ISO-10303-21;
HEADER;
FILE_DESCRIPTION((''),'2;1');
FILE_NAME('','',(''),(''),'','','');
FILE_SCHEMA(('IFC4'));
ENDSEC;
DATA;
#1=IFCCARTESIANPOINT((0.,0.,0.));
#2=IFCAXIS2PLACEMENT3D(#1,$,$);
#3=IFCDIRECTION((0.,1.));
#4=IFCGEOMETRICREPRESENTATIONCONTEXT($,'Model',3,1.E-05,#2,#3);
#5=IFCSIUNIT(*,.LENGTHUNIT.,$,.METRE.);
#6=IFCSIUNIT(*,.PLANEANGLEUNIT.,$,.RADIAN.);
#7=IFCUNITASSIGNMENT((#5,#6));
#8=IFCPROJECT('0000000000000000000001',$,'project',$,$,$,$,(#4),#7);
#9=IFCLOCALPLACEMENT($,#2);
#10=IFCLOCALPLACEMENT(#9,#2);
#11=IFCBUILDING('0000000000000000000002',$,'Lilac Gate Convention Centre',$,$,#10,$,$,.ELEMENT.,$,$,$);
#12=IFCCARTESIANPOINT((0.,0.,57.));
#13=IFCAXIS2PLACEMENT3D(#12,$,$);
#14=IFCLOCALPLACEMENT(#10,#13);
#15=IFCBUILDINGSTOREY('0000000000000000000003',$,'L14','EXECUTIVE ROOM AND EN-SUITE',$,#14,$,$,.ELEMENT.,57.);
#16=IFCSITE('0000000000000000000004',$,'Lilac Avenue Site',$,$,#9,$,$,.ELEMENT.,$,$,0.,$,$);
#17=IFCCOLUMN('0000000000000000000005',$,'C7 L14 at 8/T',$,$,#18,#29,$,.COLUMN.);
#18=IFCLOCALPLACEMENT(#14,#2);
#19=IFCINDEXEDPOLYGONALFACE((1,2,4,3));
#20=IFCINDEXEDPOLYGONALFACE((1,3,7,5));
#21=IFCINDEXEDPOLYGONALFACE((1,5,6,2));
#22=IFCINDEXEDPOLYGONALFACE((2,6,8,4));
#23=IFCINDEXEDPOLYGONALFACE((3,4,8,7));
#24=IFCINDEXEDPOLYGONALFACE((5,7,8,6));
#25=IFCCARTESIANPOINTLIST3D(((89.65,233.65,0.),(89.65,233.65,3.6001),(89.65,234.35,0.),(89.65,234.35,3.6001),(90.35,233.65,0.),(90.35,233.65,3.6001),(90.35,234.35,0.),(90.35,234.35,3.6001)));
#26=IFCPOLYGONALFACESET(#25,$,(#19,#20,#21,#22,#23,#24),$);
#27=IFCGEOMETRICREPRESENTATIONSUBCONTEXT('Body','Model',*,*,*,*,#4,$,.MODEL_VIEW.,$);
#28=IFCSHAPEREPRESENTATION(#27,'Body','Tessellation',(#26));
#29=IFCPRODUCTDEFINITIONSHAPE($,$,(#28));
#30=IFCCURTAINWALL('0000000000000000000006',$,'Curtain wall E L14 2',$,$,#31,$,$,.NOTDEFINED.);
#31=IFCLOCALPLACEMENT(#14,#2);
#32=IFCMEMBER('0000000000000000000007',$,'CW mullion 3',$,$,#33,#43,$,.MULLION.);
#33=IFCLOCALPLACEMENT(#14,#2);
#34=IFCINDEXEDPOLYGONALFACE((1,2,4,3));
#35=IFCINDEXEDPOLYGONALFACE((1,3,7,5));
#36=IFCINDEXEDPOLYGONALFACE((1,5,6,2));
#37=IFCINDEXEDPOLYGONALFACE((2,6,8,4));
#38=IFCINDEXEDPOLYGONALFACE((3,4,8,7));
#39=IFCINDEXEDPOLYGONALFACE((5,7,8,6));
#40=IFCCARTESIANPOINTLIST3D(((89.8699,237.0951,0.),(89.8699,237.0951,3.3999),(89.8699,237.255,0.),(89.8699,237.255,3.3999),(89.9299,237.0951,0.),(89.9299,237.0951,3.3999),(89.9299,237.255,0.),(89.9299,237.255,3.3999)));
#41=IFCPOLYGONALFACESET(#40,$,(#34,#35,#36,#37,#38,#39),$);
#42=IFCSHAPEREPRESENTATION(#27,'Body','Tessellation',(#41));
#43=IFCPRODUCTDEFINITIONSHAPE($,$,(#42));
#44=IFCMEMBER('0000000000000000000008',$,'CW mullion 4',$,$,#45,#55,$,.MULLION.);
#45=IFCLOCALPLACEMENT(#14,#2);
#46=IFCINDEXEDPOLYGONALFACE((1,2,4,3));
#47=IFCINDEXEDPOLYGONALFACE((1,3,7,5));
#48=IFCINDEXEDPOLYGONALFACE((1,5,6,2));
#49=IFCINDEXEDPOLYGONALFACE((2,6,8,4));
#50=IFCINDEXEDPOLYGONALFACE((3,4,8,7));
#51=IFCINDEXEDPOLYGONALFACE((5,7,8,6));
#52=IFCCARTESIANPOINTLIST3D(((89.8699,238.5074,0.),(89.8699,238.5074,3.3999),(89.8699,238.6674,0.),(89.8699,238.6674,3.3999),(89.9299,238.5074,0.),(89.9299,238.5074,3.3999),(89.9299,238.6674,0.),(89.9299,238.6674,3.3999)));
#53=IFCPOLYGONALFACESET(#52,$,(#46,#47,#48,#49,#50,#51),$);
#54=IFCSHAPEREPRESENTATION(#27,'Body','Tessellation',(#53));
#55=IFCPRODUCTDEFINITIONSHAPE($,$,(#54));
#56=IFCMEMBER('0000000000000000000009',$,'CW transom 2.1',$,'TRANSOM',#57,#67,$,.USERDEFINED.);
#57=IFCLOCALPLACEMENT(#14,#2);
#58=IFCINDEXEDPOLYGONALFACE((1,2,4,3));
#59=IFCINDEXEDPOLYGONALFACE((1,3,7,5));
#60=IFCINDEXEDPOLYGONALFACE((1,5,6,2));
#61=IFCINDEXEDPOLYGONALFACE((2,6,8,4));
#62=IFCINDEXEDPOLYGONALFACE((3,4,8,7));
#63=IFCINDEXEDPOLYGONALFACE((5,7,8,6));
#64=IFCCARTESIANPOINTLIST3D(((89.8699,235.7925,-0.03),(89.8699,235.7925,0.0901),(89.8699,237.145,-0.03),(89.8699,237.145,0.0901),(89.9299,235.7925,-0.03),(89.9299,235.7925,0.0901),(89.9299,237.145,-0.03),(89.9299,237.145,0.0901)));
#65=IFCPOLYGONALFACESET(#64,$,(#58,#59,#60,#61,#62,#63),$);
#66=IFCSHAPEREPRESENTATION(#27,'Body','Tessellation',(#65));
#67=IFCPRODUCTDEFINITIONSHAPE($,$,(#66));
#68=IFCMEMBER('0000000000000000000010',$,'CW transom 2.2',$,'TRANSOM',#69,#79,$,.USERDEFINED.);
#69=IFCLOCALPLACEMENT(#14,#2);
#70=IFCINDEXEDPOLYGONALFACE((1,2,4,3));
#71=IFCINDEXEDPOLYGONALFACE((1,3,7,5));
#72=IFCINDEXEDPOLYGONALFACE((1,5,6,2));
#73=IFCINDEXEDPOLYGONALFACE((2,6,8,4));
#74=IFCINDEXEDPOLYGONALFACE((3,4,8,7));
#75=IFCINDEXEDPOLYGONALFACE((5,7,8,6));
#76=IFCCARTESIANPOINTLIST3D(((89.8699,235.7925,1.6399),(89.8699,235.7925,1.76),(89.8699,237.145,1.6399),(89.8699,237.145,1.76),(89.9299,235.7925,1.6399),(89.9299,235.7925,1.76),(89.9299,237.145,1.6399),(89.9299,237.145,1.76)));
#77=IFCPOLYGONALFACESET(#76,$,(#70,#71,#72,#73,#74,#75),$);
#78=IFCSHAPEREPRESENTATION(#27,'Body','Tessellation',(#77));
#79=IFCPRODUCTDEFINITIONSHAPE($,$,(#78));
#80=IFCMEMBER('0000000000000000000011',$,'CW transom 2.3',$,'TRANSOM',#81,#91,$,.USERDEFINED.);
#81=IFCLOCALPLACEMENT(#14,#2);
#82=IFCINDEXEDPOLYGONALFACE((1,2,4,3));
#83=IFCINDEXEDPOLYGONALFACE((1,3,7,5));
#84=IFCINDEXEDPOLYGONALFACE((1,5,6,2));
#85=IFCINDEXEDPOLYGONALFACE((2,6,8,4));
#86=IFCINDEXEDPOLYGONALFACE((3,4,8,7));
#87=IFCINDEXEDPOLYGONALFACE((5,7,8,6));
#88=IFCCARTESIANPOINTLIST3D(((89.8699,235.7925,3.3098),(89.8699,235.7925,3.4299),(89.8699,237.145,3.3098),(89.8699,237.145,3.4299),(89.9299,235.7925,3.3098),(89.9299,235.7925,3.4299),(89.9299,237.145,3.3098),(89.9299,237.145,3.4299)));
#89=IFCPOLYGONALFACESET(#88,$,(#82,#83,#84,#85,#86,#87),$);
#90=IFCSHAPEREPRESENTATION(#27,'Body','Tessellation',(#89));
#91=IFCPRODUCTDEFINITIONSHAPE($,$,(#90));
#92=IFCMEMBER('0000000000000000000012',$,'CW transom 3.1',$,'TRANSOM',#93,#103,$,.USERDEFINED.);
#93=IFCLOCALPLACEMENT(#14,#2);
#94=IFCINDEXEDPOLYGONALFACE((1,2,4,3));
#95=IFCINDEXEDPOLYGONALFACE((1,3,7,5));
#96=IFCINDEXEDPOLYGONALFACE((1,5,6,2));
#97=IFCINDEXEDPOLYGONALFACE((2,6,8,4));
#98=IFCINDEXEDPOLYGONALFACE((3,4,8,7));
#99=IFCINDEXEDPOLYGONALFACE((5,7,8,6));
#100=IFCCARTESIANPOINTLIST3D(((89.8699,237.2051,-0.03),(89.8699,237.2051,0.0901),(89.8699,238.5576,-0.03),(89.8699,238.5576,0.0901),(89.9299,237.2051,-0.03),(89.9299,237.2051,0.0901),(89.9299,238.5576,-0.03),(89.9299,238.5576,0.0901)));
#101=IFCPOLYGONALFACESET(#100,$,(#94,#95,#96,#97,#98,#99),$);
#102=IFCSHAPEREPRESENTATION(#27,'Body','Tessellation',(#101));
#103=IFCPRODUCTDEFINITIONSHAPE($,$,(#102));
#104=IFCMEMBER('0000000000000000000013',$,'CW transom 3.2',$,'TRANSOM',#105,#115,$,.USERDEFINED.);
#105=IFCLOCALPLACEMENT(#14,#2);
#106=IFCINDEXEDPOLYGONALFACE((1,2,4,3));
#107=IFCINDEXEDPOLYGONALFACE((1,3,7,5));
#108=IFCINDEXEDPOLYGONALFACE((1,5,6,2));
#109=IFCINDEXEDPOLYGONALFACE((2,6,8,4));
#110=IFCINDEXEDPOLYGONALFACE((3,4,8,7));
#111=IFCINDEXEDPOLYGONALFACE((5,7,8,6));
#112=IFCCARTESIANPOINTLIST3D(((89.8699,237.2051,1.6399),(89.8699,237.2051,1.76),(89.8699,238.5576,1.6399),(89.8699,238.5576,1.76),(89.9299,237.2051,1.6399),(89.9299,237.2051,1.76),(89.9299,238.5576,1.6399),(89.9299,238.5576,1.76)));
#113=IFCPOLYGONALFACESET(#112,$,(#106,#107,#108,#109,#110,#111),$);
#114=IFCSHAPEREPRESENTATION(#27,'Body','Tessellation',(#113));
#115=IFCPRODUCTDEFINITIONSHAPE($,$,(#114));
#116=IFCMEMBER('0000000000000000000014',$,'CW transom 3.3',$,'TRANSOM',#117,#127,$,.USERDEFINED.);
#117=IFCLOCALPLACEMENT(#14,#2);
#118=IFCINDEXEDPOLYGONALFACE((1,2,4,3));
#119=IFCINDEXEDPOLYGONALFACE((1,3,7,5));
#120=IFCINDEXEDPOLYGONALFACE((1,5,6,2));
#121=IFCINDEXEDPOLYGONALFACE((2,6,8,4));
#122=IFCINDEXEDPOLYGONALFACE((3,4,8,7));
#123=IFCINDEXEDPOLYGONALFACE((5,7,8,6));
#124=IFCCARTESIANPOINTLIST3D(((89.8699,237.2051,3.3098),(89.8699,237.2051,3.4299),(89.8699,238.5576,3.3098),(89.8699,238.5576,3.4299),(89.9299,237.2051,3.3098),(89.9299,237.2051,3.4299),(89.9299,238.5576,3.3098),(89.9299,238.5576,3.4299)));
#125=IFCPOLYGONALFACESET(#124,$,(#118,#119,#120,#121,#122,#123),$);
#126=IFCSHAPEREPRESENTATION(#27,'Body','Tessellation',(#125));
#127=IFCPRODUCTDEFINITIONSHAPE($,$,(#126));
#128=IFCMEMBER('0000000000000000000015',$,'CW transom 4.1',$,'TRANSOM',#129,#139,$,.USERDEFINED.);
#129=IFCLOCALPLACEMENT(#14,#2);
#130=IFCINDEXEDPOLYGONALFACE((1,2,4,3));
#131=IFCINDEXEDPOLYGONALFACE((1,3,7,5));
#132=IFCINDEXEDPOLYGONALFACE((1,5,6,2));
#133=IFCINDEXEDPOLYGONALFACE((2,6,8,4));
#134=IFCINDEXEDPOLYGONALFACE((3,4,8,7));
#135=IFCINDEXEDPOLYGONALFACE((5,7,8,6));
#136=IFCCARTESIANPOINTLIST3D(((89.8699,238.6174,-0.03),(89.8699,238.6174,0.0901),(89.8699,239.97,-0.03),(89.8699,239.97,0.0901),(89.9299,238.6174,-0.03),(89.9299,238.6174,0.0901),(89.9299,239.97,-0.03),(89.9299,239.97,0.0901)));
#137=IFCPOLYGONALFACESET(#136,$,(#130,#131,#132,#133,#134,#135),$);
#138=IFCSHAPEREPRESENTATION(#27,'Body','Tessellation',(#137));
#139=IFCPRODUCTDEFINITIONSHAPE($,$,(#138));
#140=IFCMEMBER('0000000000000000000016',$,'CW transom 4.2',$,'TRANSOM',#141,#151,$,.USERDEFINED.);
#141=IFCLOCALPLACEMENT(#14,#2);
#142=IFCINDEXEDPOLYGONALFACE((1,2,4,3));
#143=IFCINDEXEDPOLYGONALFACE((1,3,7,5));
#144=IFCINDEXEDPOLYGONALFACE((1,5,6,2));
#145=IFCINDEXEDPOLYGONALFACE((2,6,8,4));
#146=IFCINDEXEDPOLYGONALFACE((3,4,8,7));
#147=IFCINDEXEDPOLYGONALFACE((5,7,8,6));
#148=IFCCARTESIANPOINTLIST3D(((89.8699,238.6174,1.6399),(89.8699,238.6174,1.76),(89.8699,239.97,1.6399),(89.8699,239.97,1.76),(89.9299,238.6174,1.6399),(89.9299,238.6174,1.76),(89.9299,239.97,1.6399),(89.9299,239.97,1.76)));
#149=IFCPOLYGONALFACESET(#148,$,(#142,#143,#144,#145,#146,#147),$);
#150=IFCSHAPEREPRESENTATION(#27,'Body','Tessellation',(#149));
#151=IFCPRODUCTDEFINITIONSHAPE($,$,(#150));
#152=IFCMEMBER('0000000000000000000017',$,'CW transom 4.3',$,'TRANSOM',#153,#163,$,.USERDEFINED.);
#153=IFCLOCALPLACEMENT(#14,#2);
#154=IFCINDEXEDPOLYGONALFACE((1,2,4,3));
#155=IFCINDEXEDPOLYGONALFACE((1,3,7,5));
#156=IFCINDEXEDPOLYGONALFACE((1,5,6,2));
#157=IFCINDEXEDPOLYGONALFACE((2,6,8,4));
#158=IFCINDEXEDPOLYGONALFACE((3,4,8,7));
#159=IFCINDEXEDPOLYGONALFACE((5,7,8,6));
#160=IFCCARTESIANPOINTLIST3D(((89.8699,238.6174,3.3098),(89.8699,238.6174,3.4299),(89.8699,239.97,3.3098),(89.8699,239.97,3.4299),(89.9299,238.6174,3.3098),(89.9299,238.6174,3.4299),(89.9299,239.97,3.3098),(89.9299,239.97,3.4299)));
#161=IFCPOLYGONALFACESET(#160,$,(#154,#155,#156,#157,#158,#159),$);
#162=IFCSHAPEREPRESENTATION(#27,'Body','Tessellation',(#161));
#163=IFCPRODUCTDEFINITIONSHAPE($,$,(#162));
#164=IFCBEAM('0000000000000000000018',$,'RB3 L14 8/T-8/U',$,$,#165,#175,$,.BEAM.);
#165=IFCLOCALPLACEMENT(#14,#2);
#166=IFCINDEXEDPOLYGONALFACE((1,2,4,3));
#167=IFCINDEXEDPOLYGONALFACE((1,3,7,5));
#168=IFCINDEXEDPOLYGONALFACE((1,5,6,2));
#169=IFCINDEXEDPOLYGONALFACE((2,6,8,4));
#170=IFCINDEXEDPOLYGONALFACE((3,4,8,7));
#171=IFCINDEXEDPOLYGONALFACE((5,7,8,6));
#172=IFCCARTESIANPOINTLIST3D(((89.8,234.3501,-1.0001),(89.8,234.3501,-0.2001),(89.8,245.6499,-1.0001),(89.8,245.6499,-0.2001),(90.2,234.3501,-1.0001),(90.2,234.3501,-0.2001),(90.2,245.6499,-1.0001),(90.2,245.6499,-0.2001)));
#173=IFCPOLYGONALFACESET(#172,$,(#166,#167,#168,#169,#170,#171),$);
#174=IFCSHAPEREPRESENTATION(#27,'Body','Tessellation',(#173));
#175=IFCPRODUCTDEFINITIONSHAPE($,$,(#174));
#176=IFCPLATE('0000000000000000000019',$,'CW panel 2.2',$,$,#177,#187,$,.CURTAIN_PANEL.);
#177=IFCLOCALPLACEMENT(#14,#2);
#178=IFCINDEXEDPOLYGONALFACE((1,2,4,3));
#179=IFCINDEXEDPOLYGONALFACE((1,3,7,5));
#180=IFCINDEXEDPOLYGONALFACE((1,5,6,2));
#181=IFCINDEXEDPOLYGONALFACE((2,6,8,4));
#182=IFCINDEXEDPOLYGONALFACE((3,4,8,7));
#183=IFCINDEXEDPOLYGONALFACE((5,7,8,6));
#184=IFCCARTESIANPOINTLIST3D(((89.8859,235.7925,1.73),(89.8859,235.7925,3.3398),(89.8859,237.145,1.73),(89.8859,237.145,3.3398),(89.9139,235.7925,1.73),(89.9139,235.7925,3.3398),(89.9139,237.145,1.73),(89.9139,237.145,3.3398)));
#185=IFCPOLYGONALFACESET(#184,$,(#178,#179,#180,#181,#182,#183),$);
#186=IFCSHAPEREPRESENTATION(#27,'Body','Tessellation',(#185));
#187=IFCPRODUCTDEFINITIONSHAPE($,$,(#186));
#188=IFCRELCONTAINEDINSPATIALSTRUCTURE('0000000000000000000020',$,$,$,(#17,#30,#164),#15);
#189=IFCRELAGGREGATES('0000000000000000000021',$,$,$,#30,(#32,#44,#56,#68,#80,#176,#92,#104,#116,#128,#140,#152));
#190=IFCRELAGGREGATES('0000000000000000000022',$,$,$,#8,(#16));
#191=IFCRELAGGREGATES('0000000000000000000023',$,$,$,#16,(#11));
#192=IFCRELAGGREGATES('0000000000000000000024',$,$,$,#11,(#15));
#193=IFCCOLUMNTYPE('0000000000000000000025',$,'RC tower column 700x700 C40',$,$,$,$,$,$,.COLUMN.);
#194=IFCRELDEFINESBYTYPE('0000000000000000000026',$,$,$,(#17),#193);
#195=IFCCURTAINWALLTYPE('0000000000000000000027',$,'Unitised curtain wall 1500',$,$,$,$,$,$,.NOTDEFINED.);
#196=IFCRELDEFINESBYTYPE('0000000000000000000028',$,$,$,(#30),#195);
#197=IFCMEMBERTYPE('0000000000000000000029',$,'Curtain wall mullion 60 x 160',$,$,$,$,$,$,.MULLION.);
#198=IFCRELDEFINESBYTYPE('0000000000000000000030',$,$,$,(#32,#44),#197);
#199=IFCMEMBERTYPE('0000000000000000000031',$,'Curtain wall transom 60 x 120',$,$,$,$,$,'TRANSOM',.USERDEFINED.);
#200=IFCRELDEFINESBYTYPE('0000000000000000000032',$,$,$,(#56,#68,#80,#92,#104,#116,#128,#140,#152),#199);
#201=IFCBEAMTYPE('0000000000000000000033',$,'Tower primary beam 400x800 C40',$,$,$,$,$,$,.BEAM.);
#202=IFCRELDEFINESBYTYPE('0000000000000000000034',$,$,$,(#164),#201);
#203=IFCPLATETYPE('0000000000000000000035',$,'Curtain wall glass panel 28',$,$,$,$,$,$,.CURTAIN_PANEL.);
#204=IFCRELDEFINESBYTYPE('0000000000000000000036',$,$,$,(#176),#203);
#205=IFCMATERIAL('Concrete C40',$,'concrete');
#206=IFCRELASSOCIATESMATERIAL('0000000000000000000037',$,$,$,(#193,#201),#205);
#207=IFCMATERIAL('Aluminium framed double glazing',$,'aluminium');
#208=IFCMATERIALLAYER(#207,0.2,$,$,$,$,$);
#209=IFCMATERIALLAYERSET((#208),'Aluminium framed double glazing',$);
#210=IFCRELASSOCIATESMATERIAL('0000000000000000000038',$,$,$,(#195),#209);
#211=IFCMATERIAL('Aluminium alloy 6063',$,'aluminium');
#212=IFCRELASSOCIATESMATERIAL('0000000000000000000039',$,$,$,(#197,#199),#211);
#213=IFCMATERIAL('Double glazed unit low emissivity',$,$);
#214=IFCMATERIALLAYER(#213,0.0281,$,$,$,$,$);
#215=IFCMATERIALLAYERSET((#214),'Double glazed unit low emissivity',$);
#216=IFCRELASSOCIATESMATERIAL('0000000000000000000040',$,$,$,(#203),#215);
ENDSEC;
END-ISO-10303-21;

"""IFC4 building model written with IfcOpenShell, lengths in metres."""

from ifc_helpers import new_model, si_unit, direction, frame, origin, origin_2d, place, context, subcontext, project, spatial, rectangle, extrude, material, layer, layer_set, material_profile, profile_set, type_object, element, aggregate, save


model = new_model("IFC4")

# Units and contexts
model_context = context("Model", 3, precision=1e-05, world=origin(), true_north=direction((0.0, 1.0)))
body_context = subcontext(model_context, "Body", "Model", "MODEL_VIEW")
ifc_project = project(units=[si_unit("LENGTHUNIT", "METRE"), si_unit("PLANEANGLEUNIT", "RADIAN")], contexts=[model_context])

# Site, building, storey
site_placement = place(None, origin())
site = spatial("IfcSite", under=ifc_project, at=site_placement, Name="Lilac Avenue Site", CompositionType="ELEMENT", RefElevation=0.0)
building_placement = place(site_placement, origin())
building = spatial("IfcBuilding", under=site, at=building_placement, Name="Lilac Gate Convention Centre", CompositionType="ELEMENT")
storey_placement = place(building_placement, frame((0.0, 0.0, 57.0)))
storey = spatial("IfcBuildingStorey", under=building, at=storey_placement, Name="L14", Description="EXECUTIVE ROOM AND EN-SUITE", CompositionType="ELEMENT", Elevation=57.0)

# Column
ifc_material_1 = material(Name="Concrete C40", Category="concrete")
ifc_material_profile_1 = material_profile(ifc_material_1, rectangle(XDim=0.7, YDim=0.7, at=origin_2d()), Name="RC 700x700")
ifc_profile_set_1 = profile_set([ifc_material_profile_1], Name="Concrete C40")
column_type = type_object("IfcColumnType", Name="RC tower column 700x700 C40", PredefinedType="COLUMN", material=ifc_profile_set_1)
column_placement = place(storey_placement, frame((90.0, 234.0, 0.0), z_axis=(0.0, 0.0, 1.0), x_axis=(1.0, 0.0, 0.0)))
element("IfcColumn", 1, at=column_placement, inside=storey, type_object=column_type, Name="C7 L14 at 8/T", PredefinedType="COLUMN", context=body_context, shape_type="SweptSolid", body=[
    extrude(rectangle(XDim=0.7, YDim=0.7, at=origin_2d()), origin(), (0.0, 0.0, 1.0), 3.6001),
])

# Curtain wall, members
ifc_material_2 = material(Name="Aluminium framed double glazing", Category="aluminium")
ifc_layer_1 = layer(ifc_material_2, 0.2)
ifc_layer_set_1 = layer_set([ifc_layer_1], Name="Aluminium framed double glazing")
curtain_wall_type = type_object("IfcCurtainWallType", Name="Unitised curtain wall 1500", PredefinedType="NOTDEFINED", material=ifc_layer_set_1)
curtain_wall_placement = place(storey_placement, origin())
curtain_wall = element("IfcCurtainWall", 2, at=curtain_wall_placement, inside=storey, type_object=curtain_wall_type, Name="Curtain wall E L14 2", PredefinedType="NOTDEFINED")
ifc_material_3 = material(Name="Aluminium alloy 6063", Category="aluminium")
ifc_material_profile_2 = material_profile(ifc_material_3, rectangle(XDim=0.0601, YDim=0.1599, at=origin_2d()), Name="Curtain wall mullion 60 x 160")
ifc_profile_set_2 = profile_set([ifc_material_profile_2], Name="Aluminium alloy 6063")
member_type_1 = type_object("IfcMemberType", Name="Curtain wall mullion 60 x 160", PredefinedType="MULLION", material=ifc_profile_set_2)
member_1_placement = place(storey_placement, frame((89.8999, 237.175, 0.0), z_axis=(0.0, 0.0, 1.0), x_axis=(-1.0, 0.0, 0.0)))
member_1 = element("IfcMember", 3, at=member_1_placement, type_object=member_type_1, Name="CW mullion 3", PredefinedType="MULLION", context=body_context, shape_type="SweptSolid", body=[
    extrude(rectangle(XDim=0.0601, YDim=0.1599, at=origin_2d()), origin(), (0.0, 0.0, 1.0), 3.3999),
])
member_2_placement = place(storey_placement, frame((89.8999, 238.5874, 0.0), z_axis=(0.0, 0.0, 1.0), x_axis=(-1.0, 0.0, 0.0)))
member_2 = element("IfcMember", 4, at=member_2_placement, type_object=member_type_1, Name="CW mullion 4", PredefinedType="MULLION", context=body_context, shape_type="SweptSolid", body=[
    extrude(rectangle(XDim=0.0601, YDim=0.1599, at=origin_2d()), origin(), (0.0, 0.0, 1.0), 3.3999),
])
ifc_material_profile_3 = material_profile(ifc_material_3, rectangle(XDim=0.0601, YDim=0.1201, at=origin_2d()), Name="Curtain wall transom 60 x 120")
ifc_profile_set_3 = profile_set([ifc_material_profile_3], Name="Aluminium alloy 6063")
member_type_2 = type_object("IfcMemberType", Name="Curtain wall transom 60 x 120", ElementType="TRANSOM", PredefinedType="USERDEFINED", material=ifc_profile_set_3)
member_3_placement = place(storey_placement, frame((89.8999, 235.7925, 0.03), z_axis=(0.0, 1.0, 0.0), x_axis=(-1.0, 0.0, 0.0)))
member_3 = element("IfcMember", 5, at=member_3_placement, type_object=member_type_2, Name="CW transom 2.1", ObjectType="TRANSOM", PredefinedType="USERDEFINED", context=body_context, shape_type="SweptSolid", body=[
    extrude(rectangle(XDim=0.0601, YDim=0.1201, at=origin_2d()), origin(), (0.0, 0.0, 1.0), 1.3525),
])
member_4_placement = place(storey_placement, frame((89.8999, 235.7925, 1.7), z_axis=(0.0, 1.0, 0.0), x_axis=(-1.0, 0.0, 0.0)))
member_4 = element("IfcMember", 6, at=member_4_placement, type_object=member_type_2, Name="CW transom 2.2", ObjectType="TRANSOM", PredefinedType="USERDEFINED", context=body_context, shape_type="SweptSolid", body=[
    extrude(rectangle(XDim=0.0601, YDim=0.1201, at=origin_2d()), origin(), (0.0, 0.0, 1.0), 1.3525),
])
member_5_placement = place(storey_placement, frame((89.8999, 235.7925, 3.3699), z_axis=(0.0, 1.0, 0.0), x_axis=(-1.0, 0.0, 0.0)))
member_5 = element("IfcMember", 7, at=member_5_placement, type_object=member_type_2, Name="CW transom 2.3", ObjectType="TRANSOM", PredefinedType="USERDEFINED", context=body_context, shape_type="SweptSolid", body=[
    extrude(rectangle(XDim=0.0601, YDim=0.1201, at=origin_2d()), origin(), (0.0, 0.0, 1.0), 1.3525),
])
member_6_placement = place(storey_placement, frame((89.8999, 237.2051, 0.03), z_axis=(0.0, 1.0, 0.0), x_axis=(-1.0, 0.0, 0.0)))
member_6 = element("IfcMember", 8, at=member_6_placement, type_object=member_type_2, Name="CW transom 3.1", ObjectType="TRANSOM", PredefinedType="USERDEFINED", context=body_context, shape_type="SweptSolid", body=[
    extrude(rectangle(XDim=0.0601, YDim=0.1201, at=origin_2d()), origin(), (0.0, 0.0, 1.0), 1.3525),
])
member_7_placement = place(storey_placement, frame((89.8999, 237.2051, 1.7), z_axis=(0.0, 1.0, 0.0), x_axis=(-1.0, 0.0, 0.0)))
member_7 = element("IfcMember", 9, at=member_7_placement, type_object=member_type_2, Name="CW transom 3.2", ObjectType="TRANSOM", PredefinedType="USERDEFINED", context=body_context, shape_type="SweptSolid", body=[
    extrude(rectangle(XDim=0.0601, YDim=0.1201, at=origin_2d()), origin(), (0.0, 0.0, 1.0), 1.3525),
])
member_8_placement = place(storey_placement, frame((89.8999, 237.2051, 3.3699), z_axis=(0.0, 1.0, 0.0), x_axis=(-1.0, 0.0, 0.0)))
member_8 = element("IfcMember", 10, at=member_8_placement, type_object=member_type_2, Name="CW transom 3.3", ObjectType="TRANSOM", PredefinedType="USERDEFINED", context=body_context, shape_type="SweptSolid", body=[
    extrude(rectangle(XDim=0.0601, YDim=0.1201, at=origin_2d()), origin(), (0.0, 0.0, 1.0), 1.3525),
])
member_9_placement = place(storey_placement, frame((89.8999, 238.6174, 0.03), z_axis=(0.0, 1.0, 0.0), x_axis=(-1.0, 0.0, 0.0)))
member_9 = element("IfcMember", 11, at=member_9_placement, type_object=member_type_2, Name="CW transom 4.1", ObjectType="TRANSOM", PredefinedType="USERDEFINED", context=body_context, shape_type="SweptSolid", body=[
    extrude(rectangle(XDim=0.0601, YDim=0.1201, at=origin_2d()), origin(), (0.0, 0.0, 1.0), 1.3525),
])
member_10_placement = place(storey_placement, frame((89.8999, 238.6174, 1.7), z_axis=(0.0, 1.0, 0.0), x_axis=(-1.0, 0.0, 0.0)))
member_10 = element("IfcMember", 12, at=member_10_placement, type_object=member_type_2, Name="CW transom 4.2", ObjectType="TRANSOM", PredefinedType="USERDEFINED", context=body_context, shape_type="SweptSolid", body=[
    extrude(rectangle(XDim=0.0601, YDim=0.1201, at=origin_2d()), origin(), (0.0, 0.0, 1.0), 1.3525),
])
member_11_placement = place(storey_placement, frame((89.8999, 238.6174, 3.3699), z_axis=(0.0, 1.0, 0.0), x_axis=(-1.0, 0.0, 0.0)))
member_11 = element("IfcMember", 13, at=member_11_placement, type_object=member_type_2, Name="CW transom 4.3", ObjectType="TRANSOM", PredefinedType="USERDEFINED", context=body_context, shape_type="SweptSolid", body=[
    extrude(rectangle(XDim=0.0601, YDim=0.1201, at=origin_2d()), origin(), (0.0, 0.0, 1.0), 1.3525),
])

# Beam
ifc_material_profile_4 = material_profile(ifc_material_1, rectangle(XDim=0.3999, YDim=0.8, at=origin_2d()), Name="RC 400x800")
ifc_profile_set_4 = profile_set([ifc_material_profile_4], Name="Concrete C40")
beam_type = type_object("IfcBeamType", Name="Tower primary beam 400x800 C40", PredefinedType="BEAM", material=ifc_profile_set_4)
beam_placement = place(storey_placement, frame((90.0, 234.3501, -0.6001), z_axis=(0.0, 1.0, 0.0), x_axis=(-1.0, 0.0, 0.0)))
element("IfcBeam", 14, at=beam_placement, inside=storey, type_object=beam_type, Name="RB3 L14 8/T-8/U", PredefinedType="BEAM", context=body_context, shape_type="SweptSolid", body=[
    extrude(rectangle(XDim=0.3999, YDim=0.8, at=origin_2d()), origin(), (0.0, 0.0, 1.0), 11.2998),
])

# Plate
ifc_material_4 = material(Name="Double glazed unit low emissivity")
ifc_layer_2 = layer(ifc_material_4, 0.0281)
ifc_layer_set_2 = layer_set([ifc_layer_2], Name="Double glazed unit low emissivity")
plate_type_1 = type_object("IfcPlateType", Name="Curtain wall glass panel 28", PredefinedType="CURTAIN_PANEL", material=ifc_layer_set_2)
plate_1_placement = place(storey_placement, frame((89.8999, 236.4688, 1.73), z_axis=(0.0, 0.0, 1.0), x_axis=(0.0, 1.0, 0.0)))
plate_1 = element("IfcPlate", 15, at=plate_1_placement, type_object=plate_type_1, Name="CW panel 2.2", PredefinedType="CURTAIN_PANEL", context=body_context, shape_type="SweptSolid", body=[
    extrude(rectangle(XDim=1.3525, YDim=0.0281, at=origin_2d()), origin(), (0.0, 0.0, 1.0), 1.6099),
])
aggregate(curtain_wall, [member_1, member_2, member_3, member_4, member_5, plate_1, member_6, member_7, member_8, member_9, member_10, member_11])

save(model, "model.ifc")
